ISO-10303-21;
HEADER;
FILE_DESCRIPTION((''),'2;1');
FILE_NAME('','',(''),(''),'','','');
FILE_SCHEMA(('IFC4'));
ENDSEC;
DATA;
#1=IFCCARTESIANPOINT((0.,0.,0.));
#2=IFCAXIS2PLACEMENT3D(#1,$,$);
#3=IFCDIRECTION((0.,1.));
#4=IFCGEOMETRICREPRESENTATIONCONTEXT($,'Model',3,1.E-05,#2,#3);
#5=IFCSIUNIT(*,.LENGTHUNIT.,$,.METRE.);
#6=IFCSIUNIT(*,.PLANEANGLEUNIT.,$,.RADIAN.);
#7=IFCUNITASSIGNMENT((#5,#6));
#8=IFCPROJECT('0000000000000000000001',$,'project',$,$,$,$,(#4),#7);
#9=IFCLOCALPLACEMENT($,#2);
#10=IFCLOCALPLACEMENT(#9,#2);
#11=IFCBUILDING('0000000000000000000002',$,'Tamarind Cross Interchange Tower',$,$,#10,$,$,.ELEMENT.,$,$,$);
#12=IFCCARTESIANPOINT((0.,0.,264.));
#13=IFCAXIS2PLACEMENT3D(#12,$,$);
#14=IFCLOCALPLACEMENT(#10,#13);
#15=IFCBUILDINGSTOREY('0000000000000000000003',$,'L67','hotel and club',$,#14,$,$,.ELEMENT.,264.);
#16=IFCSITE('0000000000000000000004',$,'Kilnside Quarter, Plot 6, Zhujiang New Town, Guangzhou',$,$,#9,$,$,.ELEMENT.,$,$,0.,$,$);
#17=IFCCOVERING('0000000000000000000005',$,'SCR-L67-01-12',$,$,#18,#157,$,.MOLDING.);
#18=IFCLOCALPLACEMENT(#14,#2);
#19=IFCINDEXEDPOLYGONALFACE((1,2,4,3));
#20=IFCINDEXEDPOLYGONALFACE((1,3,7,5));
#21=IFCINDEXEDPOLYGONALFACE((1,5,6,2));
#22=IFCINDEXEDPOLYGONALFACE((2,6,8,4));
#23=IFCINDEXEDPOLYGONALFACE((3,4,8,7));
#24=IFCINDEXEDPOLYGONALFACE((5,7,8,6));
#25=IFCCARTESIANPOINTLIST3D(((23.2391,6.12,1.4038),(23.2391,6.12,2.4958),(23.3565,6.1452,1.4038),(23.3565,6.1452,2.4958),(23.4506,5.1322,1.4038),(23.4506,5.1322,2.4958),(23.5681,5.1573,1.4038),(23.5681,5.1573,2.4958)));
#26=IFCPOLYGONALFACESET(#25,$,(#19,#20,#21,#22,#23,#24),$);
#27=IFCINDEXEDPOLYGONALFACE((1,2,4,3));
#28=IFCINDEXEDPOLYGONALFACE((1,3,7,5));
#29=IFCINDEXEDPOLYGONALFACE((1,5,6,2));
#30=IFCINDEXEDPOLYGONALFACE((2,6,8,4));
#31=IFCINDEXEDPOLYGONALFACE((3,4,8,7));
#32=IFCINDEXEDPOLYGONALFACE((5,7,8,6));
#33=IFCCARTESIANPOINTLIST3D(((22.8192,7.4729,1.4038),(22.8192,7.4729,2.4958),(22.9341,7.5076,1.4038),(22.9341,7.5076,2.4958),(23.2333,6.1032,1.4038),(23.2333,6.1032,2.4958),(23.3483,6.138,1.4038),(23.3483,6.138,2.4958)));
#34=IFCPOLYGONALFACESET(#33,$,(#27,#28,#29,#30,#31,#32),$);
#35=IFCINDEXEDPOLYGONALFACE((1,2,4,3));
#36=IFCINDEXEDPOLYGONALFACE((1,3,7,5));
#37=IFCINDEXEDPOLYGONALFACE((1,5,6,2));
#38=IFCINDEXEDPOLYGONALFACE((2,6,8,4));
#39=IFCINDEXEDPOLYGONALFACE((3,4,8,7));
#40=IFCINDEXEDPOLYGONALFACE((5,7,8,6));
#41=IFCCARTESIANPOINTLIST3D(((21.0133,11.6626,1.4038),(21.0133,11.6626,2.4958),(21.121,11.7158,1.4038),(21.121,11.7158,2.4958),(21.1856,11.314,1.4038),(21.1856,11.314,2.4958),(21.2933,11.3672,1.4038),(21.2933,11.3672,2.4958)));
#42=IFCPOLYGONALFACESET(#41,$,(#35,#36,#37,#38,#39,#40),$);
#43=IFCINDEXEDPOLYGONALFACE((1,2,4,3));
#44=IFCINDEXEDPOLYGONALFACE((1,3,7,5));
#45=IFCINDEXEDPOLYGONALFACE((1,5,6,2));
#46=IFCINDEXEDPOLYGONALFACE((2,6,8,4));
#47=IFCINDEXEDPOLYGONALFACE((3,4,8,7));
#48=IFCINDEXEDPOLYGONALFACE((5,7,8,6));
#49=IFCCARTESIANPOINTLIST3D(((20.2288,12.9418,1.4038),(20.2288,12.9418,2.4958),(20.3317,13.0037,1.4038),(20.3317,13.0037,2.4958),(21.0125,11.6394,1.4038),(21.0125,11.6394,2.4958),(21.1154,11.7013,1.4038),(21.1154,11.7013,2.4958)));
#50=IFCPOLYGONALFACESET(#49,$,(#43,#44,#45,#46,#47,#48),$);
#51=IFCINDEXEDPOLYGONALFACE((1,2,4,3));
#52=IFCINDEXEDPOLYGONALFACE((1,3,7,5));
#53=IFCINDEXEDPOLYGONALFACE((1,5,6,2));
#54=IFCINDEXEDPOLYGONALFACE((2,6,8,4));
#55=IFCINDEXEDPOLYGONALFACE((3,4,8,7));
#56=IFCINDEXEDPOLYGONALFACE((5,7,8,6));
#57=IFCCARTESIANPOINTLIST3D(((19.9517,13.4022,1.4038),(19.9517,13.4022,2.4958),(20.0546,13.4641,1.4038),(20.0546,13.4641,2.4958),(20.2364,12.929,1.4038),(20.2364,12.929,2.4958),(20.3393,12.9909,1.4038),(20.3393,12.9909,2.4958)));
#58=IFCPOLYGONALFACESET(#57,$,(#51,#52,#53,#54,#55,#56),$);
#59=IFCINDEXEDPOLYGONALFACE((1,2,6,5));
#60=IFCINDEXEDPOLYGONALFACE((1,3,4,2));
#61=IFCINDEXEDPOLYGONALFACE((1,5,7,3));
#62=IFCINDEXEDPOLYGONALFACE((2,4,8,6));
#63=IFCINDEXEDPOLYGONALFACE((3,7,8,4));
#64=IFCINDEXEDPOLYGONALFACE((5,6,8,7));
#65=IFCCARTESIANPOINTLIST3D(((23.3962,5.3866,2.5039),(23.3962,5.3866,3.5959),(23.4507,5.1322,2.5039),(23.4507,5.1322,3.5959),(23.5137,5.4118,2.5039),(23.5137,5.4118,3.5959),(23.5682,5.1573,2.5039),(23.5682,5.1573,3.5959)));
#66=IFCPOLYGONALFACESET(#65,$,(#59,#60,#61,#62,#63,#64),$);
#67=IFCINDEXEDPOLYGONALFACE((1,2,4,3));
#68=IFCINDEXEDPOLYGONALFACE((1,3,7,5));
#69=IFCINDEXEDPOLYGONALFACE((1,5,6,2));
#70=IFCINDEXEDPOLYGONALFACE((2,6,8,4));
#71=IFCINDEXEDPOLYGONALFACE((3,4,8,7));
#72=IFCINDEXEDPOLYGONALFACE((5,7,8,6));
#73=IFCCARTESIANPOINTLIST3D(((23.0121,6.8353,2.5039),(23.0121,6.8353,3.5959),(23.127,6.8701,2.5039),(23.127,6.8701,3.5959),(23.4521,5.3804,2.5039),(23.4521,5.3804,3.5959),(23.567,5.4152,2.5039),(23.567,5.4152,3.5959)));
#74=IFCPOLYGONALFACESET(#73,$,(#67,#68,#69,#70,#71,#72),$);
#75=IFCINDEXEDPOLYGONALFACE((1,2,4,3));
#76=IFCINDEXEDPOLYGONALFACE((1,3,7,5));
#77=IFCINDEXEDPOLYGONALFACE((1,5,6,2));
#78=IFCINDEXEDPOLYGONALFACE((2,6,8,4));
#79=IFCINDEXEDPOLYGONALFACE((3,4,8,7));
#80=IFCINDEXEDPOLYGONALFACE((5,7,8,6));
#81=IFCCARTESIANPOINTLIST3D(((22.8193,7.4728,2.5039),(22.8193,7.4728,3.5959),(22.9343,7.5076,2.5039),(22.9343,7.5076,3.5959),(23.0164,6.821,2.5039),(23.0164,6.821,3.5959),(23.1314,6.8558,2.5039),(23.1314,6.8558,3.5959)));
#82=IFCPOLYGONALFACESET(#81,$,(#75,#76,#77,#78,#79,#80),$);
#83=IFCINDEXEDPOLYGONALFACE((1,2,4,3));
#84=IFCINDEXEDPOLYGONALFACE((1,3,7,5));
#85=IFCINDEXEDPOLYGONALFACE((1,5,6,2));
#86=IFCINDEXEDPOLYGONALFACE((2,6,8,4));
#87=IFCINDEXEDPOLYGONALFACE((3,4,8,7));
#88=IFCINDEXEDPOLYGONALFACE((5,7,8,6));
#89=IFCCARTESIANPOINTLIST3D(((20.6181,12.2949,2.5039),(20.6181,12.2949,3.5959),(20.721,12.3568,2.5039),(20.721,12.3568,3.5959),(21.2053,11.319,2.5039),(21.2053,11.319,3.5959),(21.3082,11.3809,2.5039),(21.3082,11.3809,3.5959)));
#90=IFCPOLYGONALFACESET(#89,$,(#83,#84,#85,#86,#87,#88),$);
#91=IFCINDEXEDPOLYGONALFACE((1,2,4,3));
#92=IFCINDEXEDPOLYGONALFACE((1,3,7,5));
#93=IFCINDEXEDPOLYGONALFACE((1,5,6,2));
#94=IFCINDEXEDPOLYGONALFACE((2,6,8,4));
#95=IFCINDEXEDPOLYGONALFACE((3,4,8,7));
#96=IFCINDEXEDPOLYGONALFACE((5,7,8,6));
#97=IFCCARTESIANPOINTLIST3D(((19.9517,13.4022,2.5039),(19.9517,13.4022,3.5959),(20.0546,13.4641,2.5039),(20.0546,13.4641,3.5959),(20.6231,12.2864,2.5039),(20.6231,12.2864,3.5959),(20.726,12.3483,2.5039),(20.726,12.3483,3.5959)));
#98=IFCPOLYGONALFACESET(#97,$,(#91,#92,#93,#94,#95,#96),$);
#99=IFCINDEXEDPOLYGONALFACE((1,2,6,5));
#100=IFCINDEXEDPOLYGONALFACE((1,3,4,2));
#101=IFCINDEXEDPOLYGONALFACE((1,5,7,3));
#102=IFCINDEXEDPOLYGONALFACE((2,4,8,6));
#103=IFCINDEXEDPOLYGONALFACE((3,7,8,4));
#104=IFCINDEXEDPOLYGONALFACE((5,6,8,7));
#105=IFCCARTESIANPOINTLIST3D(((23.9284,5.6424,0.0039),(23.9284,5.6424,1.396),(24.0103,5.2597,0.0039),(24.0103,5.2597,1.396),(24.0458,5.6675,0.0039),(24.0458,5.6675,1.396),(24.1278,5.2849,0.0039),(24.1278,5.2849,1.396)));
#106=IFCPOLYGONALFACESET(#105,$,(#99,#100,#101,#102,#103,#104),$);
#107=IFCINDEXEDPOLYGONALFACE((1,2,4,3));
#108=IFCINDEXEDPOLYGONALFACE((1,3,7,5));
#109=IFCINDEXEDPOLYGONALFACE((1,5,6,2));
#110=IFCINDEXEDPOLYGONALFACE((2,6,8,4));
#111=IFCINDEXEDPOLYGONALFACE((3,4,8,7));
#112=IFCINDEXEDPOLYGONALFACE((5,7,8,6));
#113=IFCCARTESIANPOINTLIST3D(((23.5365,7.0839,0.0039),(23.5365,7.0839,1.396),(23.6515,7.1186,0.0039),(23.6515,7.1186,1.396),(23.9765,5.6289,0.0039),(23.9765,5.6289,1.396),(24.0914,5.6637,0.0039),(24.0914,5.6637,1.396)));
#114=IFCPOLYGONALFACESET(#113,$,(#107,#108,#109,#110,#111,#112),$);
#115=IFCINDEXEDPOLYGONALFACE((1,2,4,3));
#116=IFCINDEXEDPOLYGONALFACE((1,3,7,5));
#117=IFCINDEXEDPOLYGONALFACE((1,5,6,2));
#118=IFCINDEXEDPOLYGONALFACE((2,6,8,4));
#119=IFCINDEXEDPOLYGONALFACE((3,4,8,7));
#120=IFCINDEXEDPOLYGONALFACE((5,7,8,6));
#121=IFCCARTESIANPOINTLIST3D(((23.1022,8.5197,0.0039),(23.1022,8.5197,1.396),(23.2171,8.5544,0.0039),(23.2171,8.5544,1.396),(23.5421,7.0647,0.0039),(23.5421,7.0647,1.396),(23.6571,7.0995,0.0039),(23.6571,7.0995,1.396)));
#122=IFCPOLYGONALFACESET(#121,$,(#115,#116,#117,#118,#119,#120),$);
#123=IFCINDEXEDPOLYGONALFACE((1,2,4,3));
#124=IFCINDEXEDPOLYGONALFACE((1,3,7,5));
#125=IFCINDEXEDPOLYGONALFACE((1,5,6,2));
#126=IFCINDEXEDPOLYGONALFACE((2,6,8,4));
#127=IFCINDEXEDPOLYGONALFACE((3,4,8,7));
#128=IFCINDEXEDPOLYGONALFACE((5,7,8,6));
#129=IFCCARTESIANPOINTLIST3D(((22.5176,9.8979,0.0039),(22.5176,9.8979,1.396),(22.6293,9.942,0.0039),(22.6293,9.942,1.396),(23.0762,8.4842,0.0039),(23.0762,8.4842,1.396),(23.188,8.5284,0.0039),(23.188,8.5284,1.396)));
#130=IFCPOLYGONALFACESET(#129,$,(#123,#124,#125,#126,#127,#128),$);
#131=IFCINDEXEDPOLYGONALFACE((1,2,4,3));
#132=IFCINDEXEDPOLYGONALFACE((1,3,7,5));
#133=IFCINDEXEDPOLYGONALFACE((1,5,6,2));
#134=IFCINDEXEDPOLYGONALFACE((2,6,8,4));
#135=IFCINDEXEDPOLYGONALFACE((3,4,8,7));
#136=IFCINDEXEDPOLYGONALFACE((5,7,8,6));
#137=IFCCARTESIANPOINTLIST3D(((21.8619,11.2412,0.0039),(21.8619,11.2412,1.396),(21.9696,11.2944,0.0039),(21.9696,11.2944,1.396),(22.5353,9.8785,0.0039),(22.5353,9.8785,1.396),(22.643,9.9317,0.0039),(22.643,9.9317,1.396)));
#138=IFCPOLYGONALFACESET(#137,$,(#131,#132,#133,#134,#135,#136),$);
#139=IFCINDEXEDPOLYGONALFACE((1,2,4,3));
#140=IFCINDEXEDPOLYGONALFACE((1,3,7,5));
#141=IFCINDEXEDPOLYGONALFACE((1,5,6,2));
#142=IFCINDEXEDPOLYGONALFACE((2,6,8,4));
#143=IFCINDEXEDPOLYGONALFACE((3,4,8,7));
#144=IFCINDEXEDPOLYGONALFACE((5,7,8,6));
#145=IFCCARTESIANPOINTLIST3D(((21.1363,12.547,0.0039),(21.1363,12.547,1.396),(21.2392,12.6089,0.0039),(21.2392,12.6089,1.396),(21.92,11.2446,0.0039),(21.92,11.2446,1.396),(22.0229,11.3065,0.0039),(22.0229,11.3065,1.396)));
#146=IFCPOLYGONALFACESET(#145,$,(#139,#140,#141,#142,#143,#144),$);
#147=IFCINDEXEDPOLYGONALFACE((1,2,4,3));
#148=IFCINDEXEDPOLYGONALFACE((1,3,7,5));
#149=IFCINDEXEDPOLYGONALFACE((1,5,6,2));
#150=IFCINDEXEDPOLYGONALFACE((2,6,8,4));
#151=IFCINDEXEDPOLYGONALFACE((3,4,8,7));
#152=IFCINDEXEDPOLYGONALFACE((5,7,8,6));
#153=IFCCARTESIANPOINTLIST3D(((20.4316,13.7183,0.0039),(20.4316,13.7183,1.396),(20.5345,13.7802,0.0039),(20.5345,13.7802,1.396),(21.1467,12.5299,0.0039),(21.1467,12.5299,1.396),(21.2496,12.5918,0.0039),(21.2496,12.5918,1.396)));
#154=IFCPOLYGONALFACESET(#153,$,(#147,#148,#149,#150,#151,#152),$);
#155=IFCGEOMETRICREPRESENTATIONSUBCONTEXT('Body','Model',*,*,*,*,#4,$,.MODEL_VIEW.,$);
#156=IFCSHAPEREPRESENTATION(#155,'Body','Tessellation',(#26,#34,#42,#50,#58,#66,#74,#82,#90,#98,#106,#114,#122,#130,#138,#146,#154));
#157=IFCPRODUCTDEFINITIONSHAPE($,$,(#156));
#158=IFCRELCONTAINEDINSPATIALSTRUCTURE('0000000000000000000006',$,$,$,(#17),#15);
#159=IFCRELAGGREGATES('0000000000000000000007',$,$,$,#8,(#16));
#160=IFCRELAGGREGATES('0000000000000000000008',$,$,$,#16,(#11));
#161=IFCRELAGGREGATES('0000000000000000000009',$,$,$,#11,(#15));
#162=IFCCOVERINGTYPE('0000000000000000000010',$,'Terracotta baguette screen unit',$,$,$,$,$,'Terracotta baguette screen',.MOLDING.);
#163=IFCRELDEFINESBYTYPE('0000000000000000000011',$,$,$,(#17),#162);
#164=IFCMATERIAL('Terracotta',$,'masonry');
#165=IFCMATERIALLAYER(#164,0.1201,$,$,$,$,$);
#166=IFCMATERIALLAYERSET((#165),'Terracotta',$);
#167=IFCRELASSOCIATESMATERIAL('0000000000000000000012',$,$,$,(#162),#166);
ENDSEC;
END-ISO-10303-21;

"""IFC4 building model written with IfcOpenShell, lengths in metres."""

from ifc_helpers import new_model, si_unit, direction, frame, origin, origin_2d, place, context, subcontext, project, spatial, rectangle, extrude, material, layer, layer_set, type_object, element, save


model = new_model("IFC4")

# Units and contexts
model_context = context("Model", 3, precision=1e-05, world=origin(), true_north=direction((0.0, 1.0)))
body_context = subcontext(model_context, "Body", "Model", "MODEL_VIEW")
ifc_project = project(units=[si_unit("LENGTHUNIT", "METRE"), si_unit("PLANEANGLEUNIT", "RADIAN")], contexts=[model_context])

# Site, building, storey
site_placement = place(None, origin())
site = spatial("IfcSite", under=ifc_project, at=site_placement, Name="Kilnside Quarter, Plot 6, Zhujiang New Town, Guangzhou", CompositionType="ELEMENT", RefElevation=0.0)
building_placement = place(site_placement, origin())
building = spatial("IfcBuilding", under=site, at=building_placement, Name="Tamarind Cross Interchange Tower", CompositionType="ELEMENT")
storey_placement = place(building_placement, frame((0.0, 0.0, 264.0)))
storey = spatial("IfcBuildingStorey", under=building, at=storey_placement, Name="L67", Description="hotel and club", CompositionType="ELEMENT", Elevation=264.0)

# Covering
ifc_material_1 = material(Name="Terracotta", Category="masonry")
ifc_layer_1 = layer(ifc_material_1, 0.1201)
ifc_layer_set_1 = layer_set([ifc_layer_1], Name="Terracotta")
covering_type = type_object("IfcCoveringType", Name="Terracotta baguette screen unit", ElementType="Terracotta baguette screen", PredefinedType="MOLDING", material=ifc_layer_set_1)
covering_1_placement = place(storey_placement, origin())
element("IfcCovering", 1, at=covering_1_placement, inside=storey, type_object=covering_type, Name="SCR-L67-01-12", PredefinedType="MOLDING", context=body_context, shape_type="SweptSolid", body=[
    extrude(rectangle(XDim=1.0103, YDim=0.1201, at=origin_2d()), frame((23.4036, 5.6387, 1.4038), z_axis=(0.0, 0.0, 1.0), x_axis=(-0.209425, 0.977825, 0.0)), (0.0, 0.0, 1.0), 1.092),
    extrude(rectangle(XDim=1.4309, YDim=0.1201, at=origin_2d()), frame((23.0837, 6.8054, 1.4038), z_axis=(0.0, 0.0, 1.0), x_axis=(-0.289458, 0.957191, 0.0)), (0.0, 0.0, 1.0), 1.092),
    extrude(rectangle(XDim=0.3889, YDim=0.1201, at=origin_2d()), frame((21.1533, 11.5149, 1.4038), z_axis=(0.0, 0.0, 1.0), x_axis=(-0.443059, 0.896493, 0.0)), (0.0, 0.0, 1.0), 1.092),
    extrude(rectangle(XDim=1.52, YDim=0.1201, at=origin_2d()), frame((20.6721, 12.3215, 1.4038), z_axis=(0.0, 0.0, 1.0), x_axis=(-0.515577, 0.856843, 0.0)), (0.0, 0.0, 1.0), 1.092),
    extrude(rectangle(XDim=0.5522, YDim=0.1201, at=origin_2d()), frame((20.1455, 13.1965, 1.4038), z_axis=(0.0, 0.0, 1.0), x_axis=(-0.515577, 0.856843, 0.0)), (0.0, 0.0, 1.0), 1.092),
    extrude(rectangle(XDim=0.2603, YDim=0.1201, at=origin_2d()), frame((23.4822, 5.272, 2.5039), z_axis=(0.0, 0.0, 1.0), x_axis=(-0.209425, 0.977825, 0.0)), (0.0, 0.0, 1.0), 1.092),
    extrude(rectangle(XDim=1.52, YDim=0.1201, at=origin_2d()), frame((23.2896, 6.1252, 2.5039), z_axis=(0.0, 0.0, 1.0), x_axis=(-0.289458, 0.957191, 0.0)), (0.0, 0.0, 1.0), 1.092),
    extrude(rectangle(XDim=0.6809, YDim=0.1201, at=origin_2d()), frame((22.9753, 7.1643, 2.5039), z_axis=(0.0, 0.0, 1.0), x_axis=(-0.289458, 0.957191, 0.0)), (0.0, 0.0, 1.0), 1.092),
    extrude(rectangle(XDim=1.1389, YDim=0.1201, at=origin_2d()), frame((20.9631, 11.8379, 2.5039), z_axis=(0.0, 0.0, 1.0), x_axis=(-0.515577, 0.856843, 0.0)), (0.0, 0.0, 1.0), 1.092),
    extrude(rectangle(XDim=1.3022, YDim=0.1201, at=origin_2d()), frame((20.3389, 12.8752, 2.5039), z_axis=(0.0, 0.0, 1.0), x_axis=(-0.515577, 0.856843, 0.0)), (0.0, 0.0, 1.0), 1.092),
    extrude(rectangle(XDim=0.3914, YDim=0.1201, at=origin_2d()), frame((24.0281, 5.4636, 0.0039), z_axis=(0.0, 0.0, 1.0), x_axis=(-0.209425, 0.977825, 0.0)), (0.0, 0.0, 1.0), 1.3921),
    extrude(rectangle(XDim=1.52, YDim=0.1201, at=origin_2d()), frame((23.814, 6.3738, 0.0039), z_axis=(0.0, 0.0, 1.0), x_axis=(-0.289458, 0.957191, 0.0)), (0.0, 0.0, 1.0), 1.3921),
    extrude(rectangle(XDim=1.52, YDim=0.1201, at=origin_2d()), frame((23.3796, 7.8096, 0.0039), z_axis=(0.0, 0.0, 1.0), x_axis=(-0.289458, 0.957191, 0.0)), (0.0, 0.0, 1.0), 1.3921),
    extrude(rectangle(XDim=1.52, YDim=0.1201, at=origin_2d()), frame((22.8528, 9.2131, 0.0039), z_axis=(0.0, 0.0, 1.0), x_axis=(-0.367514, 0.930018, 0.0)), (0.0, 0.0, 1.0), 1.3921),
    extrude(rectangle(XDim=1.52, YDim=0.1201, at=origin_2d()), frame((22.2524, 10.5864, 0.0039), z_axis=(0.0, 0.0, 1.0), x_axis=(-0.443059, 0.896493, 0.0)), (0.0, 0.0, 1.0), 1.3921),
    extrude(rectangle(XDim=1.52, YDim=0.1201, at=origin_2d()), frame((21.5796, 11.9268, 0.0039), z_axis=(0.0, 0.0, 1.0), x_axis=(-0.515577, 0.856843, 0.0)), (0.0, 0.0, 1.0), 1.3921),
    extrude(rectangle(XDim=1.387, YDim=0.1201, at=origin_2d()), frame((20.8406, 13.155, 0.0039), z_axis=(0.0, 0.0, 1.0), x_axis=(-0.515577, 0.856843, 0.0)), (0.0, 0.0, 1.0), 1.3921),
])

save(model, "model.ifc")
